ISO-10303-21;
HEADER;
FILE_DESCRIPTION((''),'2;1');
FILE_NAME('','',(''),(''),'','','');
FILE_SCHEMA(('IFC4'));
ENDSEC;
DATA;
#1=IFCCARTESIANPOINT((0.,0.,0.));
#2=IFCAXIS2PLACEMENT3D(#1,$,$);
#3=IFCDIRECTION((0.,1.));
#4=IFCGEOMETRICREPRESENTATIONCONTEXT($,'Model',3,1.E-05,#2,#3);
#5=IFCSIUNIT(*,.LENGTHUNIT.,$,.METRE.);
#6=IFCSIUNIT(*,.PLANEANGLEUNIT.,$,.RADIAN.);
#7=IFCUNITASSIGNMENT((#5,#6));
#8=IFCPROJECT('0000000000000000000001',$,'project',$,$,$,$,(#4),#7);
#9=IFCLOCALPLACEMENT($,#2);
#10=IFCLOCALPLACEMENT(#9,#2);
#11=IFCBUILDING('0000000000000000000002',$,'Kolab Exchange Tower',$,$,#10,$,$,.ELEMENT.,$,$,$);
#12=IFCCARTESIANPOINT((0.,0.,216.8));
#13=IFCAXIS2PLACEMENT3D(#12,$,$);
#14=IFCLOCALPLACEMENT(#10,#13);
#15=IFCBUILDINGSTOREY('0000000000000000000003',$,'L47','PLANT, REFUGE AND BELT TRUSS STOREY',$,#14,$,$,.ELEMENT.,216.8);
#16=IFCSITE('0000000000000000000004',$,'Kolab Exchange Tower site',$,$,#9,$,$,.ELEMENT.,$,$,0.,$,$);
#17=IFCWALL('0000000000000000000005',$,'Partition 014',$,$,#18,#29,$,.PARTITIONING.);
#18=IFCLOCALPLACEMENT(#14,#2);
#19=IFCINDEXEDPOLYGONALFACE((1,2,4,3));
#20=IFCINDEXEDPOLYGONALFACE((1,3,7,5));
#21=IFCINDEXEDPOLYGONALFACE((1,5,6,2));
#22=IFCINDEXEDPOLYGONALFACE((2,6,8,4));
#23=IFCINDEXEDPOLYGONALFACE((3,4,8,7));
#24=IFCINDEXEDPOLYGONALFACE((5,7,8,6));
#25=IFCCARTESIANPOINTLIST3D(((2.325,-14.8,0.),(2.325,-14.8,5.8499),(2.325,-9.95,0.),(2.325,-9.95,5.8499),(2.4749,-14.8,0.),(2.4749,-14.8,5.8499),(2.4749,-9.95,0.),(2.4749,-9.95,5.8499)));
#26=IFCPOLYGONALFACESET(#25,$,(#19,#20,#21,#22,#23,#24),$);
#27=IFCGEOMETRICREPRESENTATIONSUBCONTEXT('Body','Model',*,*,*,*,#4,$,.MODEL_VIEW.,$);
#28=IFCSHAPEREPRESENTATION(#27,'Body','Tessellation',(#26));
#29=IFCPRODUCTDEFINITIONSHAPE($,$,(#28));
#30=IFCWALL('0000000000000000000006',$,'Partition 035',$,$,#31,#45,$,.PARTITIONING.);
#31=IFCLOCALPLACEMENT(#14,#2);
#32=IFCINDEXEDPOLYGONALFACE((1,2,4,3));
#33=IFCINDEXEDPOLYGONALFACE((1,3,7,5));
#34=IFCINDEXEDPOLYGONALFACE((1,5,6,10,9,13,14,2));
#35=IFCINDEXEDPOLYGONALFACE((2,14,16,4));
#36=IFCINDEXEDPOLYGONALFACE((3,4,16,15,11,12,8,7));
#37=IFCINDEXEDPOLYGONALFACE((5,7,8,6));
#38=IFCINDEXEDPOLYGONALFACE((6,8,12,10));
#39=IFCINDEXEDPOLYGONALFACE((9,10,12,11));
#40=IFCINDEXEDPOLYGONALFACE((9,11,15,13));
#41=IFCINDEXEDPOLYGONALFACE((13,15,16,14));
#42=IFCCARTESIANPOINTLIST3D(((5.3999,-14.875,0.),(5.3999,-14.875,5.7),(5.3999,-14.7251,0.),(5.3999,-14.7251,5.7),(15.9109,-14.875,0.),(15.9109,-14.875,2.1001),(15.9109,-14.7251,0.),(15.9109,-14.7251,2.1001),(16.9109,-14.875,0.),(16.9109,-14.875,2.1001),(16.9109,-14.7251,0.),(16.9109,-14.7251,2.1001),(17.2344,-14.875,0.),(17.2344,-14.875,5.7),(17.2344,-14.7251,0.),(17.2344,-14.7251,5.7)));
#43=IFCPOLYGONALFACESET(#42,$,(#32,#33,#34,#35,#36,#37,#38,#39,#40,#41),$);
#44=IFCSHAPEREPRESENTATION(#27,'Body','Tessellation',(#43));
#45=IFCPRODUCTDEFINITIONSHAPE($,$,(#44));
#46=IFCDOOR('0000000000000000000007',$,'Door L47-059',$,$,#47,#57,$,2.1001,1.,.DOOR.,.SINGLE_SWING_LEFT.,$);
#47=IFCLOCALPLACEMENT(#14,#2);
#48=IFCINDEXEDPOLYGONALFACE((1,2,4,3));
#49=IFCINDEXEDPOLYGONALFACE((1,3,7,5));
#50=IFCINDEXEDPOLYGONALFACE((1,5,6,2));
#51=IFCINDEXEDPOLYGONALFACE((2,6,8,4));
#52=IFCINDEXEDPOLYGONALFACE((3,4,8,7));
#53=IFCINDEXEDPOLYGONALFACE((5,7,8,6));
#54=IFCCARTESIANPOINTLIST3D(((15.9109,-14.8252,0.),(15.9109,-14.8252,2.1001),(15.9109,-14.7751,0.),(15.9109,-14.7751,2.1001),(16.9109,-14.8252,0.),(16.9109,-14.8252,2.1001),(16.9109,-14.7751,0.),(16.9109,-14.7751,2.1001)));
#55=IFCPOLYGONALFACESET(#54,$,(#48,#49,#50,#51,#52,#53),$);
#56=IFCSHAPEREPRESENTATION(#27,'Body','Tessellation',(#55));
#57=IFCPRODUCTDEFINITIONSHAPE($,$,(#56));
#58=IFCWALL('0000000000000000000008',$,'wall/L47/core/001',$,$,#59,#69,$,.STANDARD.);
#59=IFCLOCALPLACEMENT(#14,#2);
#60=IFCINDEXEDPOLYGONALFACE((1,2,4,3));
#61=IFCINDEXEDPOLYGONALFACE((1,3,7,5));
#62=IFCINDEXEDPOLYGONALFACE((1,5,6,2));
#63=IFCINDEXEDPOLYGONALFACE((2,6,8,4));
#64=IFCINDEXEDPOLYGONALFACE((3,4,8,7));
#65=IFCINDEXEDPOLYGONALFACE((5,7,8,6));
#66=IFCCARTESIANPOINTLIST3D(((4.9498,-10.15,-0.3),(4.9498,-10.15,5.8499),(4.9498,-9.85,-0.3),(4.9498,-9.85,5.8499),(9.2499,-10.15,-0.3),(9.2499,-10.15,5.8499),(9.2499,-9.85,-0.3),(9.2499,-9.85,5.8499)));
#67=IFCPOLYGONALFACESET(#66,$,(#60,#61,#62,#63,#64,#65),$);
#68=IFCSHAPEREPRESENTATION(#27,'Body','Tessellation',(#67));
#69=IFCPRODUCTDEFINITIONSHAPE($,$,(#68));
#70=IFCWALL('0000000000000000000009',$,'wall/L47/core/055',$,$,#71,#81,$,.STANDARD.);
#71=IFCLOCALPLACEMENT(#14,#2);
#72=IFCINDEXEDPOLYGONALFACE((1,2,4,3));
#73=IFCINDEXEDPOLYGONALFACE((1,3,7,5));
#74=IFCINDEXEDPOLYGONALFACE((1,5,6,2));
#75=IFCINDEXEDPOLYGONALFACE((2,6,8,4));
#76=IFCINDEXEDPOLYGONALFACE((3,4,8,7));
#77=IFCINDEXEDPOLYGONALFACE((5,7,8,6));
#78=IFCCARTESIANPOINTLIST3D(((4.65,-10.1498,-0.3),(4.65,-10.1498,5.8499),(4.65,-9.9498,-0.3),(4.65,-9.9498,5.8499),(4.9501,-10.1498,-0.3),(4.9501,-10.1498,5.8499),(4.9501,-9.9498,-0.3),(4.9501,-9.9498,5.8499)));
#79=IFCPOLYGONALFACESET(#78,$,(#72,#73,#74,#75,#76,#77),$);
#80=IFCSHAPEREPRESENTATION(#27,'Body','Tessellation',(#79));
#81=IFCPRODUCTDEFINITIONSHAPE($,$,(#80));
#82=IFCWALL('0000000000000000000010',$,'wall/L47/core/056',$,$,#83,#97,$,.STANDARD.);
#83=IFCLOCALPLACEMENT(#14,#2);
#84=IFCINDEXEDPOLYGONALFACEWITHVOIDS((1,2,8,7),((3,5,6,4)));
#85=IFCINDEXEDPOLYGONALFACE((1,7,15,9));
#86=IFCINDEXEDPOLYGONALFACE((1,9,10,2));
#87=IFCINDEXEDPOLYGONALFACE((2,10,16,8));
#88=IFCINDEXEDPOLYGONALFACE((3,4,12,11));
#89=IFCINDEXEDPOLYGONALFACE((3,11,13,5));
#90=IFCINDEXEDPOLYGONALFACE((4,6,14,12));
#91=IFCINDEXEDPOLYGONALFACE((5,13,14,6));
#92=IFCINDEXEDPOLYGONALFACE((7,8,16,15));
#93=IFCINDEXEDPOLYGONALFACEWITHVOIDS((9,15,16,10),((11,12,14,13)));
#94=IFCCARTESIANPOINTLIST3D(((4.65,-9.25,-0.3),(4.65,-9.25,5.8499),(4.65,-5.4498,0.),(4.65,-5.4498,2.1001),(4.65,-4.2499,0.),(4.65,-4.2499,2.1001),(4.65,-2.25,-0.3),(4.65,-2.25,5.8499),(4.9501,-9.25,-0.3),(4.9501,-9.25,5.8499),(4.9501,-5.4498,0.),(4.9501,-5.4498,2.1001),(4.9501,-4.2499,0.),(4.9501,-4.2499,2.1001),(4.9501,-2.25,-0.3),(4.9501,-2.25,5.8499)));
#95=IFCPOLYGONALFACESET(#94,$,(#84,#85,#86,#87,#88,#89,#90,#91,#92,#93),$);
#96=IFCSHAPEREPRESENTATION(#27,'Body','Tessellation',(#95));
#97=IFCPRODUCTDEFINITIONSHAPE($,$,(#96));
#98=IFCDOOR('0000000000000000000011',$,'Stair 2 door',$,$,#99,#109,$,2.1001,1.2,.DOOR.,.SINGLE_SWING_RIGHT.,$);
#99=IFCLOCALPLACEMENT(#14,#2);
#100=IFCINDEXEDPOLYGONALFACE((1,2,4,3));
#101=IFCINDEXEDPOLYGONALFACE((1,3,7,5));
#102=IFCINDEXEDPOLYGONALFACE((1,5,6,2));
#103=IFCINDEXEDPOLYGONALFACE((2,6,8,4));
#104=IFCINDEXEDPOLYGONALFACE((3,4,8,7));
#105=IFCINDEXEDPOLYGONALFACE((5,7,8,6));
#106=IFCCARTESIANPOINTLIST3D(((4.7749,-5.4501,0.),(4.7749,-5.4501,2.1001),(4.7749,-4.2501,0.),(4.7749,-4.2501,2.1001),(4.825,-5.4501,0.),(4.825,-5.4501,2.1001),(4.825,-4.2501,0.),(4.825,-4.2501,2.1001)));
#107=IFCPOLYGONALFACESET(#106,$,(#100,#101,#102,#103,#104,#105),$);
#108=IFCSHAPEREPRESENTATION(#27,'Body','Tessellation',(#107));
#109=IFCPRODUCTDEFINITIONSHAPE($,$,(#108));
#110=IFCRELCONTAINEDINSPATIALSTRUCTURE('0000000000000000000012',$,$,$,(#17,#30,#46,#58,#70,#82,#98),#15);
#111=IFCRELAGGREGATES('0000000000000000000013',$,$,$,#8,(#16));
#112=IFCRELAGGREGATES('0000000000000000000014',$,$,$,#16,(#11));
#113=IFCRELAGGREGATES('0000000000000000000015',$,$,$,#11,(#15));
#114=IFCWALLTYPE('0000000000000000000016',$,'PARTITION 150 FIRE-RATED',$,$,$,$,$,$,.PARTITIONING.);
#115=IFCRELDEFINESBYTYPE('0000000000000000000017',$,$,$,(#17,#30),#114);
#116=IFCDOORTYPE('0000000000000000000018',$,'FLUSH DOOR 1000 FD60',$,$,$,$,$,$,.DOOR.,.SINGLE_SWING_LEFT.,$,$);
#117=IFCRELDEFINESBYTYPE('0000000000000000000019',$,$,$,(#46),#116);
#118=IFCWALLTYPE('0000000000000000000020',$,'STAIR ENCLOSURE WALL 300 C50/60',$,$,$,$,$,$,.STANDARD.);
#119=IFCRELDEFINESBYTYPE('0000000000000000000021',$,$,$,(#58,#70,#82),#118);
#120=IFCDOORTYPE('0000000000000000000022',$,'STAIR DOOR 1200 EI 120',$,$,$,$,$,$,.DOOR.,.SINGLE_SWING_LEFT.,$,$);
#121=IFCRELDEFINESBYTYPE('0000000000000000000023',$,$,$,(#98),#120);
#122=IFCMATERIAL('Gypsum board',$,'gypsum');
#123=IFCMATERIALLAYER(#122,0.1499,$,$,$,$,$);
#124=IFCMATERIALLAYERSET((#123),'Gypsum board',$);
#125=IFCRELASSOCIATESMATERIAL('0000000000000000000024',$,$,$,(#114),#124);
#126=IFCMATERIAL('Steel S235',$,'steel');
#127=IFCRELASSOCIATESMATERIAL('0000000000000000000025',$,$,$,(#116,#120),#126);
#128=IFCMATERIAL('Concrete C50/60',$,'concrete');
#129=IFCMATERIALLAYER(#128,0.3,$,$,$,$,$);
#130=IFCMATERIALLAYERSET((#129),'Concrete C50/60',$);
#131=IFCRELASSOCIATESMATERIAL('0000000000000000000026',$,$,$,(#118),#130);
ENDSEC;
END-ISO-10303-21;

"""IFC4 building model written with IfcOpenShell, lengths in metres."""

from ifc_helpers import new_model, si_unit, direction, frame, frame_2d, origin, place, context, subcontext, project, spatial, rectangle, extrude, material, layer, layer_set, type_object, element, fill, save


model = new_model("IFC4")

# Units and contexts
model_context = context("Model", 3, precision=1e-05, world=origin(), true_north=direction((0.0, 1.0)))
body_context = subcontext(model_context, "Body", "Model", "MODEL_VIEW")
ifc_project = project(units=[si_unit("LENGTHUNIT", "METRE"), si_unit("PLANEANGLEUNIT", "RADIAN")], contexts=[model_context])

# Site, building, storey
site_placement = place(None, origin())
site = spatial("IfcSite", under=ifc_project, at=site_placement, Name="Kolab Exchange Tower site", CompositionType="ELEMENT", RefElevation=0.0)
building_placement = place(site_placement, origin())
building = spatial("IfcBuilding", under=site, at=building_placement, Name="Kolab Exchange Tower", CompositionType="ELEMENT")
storey_placement = place(building_placement, frame((0.0, 0.0, 216.8)))
storey = spatial("IfcBuildingStorey", under=building, at=storey_placement, Name="L47", Description="PLANT, REFUGE AND BELT TRUSS STOREY", CompositionType="ELEMENT", Elevation=216.8)

# Shared definitions
ifc_material_1 = material(Name="Concrete C50/60", Category="concrete")
ifc_material_2 = material(Name="Gypsum board", Category="gypsum")
ifc_layer_1 = layer(ifc_material_2, 0.1499)
ifc_layer_set_1 = layer_set([ifc_layer_1], Name="Gypsum board")
wall_type_1 = type_object("IfcWallType", Name="PARTITION 150 FIRE-RATED", PredefinedType="PARTITIONING", material=ifc_layer_set_1)

# Shared definitions
ifc_material_3 = material(Name="Steel S235", Category="steel")
door_type_1 = type_object("IfcDoorType", Name="FLUSH DOOR 1000 FD60", OperationType="SINGLE_SWING_LEFT", PredefinedType="DOOR", material=ifc_material_3)

# Wall
wall_1_placement = place(storey_placement, frame((2.3999, -14.8, 0.0), z_axis=(0.0, 0.0, 1.0), x_axis=(0.0, 1.0, 0.0)))
element("IfcWall", 1, at=wall_1_placement, inside=storey, type_object=wall_type_1, Name="Partition 014", PredefinedType="PARTITIONING", context=body_context, shape_type="SweptSolid", body=[
    extrude(rectangle(XDim=4.8501, YDim=0.1499, at=frame_2d((2.425, 0.0))), origin(), (0.0, 0.0, 1.0), 5.8499),
])

# Wall, opening, door
wall_2_placement = place(storey_placement, frame((5.3999, -14.8, 0.0), z_axis=(0.0, 0.0, 1.0), x_axis=(1.0, 0.0, 0.0)))
wall_2 = element("IfcWall", 2, at=wall_2_placement, inside=storey, type_object=wall_type_1, Name="Partition 035", PredefinedType="PARTITIONING", context=body_context, shape_type="SweptSolid", body=[
    extrude(rectangle(XDim=11.8345, YDim=0.1499, at=frame_2d((5.9172, 0.0))), origin(), (0.0, 0.0, 1.0), 5.7),
])
opening_1_placement = place(wall_2_placement, frame((10.511, 0.0, 0.0)))
opening_1 = element("IfcOpeningElement", 3, at=opening_1_placement, cuts=wall_2, PredefinedType="OPENING", context=body_context, shape_type="SweptSolid", body=[
    extrude(rectangle(XDim=1.0, YDim=2.1001, at=frame_2d((0.5, 1.05))), frame((0.0, 0.085, 0.0), z_axis=(0.0, -1.0, 0.0), x_axis=(1.0, 0.0, 0.0)), (0.0, 0.0, 1.0), 0.1699),
])
door_1_placement = place(opening_1_placement, origin())
door_1 = element("IfcDoor", 4, at=door_1_placement, inside=storey, type_object=door_type_1, Name="Door L47-059", OperationType="SINGLE_SWING_LEFT", OverallHeight=2.1001, OverallWidth=1.0, PredefinedType="DOOR", context=body_context, shape_type="SweptSolid", body=[
    extrude(rectangle(XDim=1.0, YDim=2.1001, at=frame_2d((0.5, 1.05))), frame((0.0, 0.0249, 0.0), z_axis=(0.0, -1.0, 0.0), x_axis=(1.0, 0.0, 0.0)), (0.0, 0.0, 1.0), 0.05),
])
fill(opening_1, door_1)

# Walls
ifc_layer_2 = layer(ifc_material_1, 0.3)
ifc_layer_set_2 = layer_set([ifc_layer_2], Name="Concrete C50/60")
wall_type_2 = type_object("IfcWallType", Name="STAIR ENCLOSURE WALL 300 C50/60", PredefinedType="STANDARD", material=ifc_layer_set_2)
wall_3_placement = place(storey_placement, frame((4.95, -10.0, -0.3), z_axis=(0.0, 0.0, 1.0), x_axis=(1.0, 0.0, 0.0)))
element("IfcWall", 5, at=wall_3_placement, inside=storey, type_object=wall_type_2, Name="wall/L47/core/001", PredefinedType="STANDARD", context=body_context, shape_type="SweptSolid", body=[
    extrude(rectangle(XDim=4.3, YDim=0.3, at=frame_2d((2.1499, 0.0))), origin(), (0.0, 0.0, 1.0), 6.1499),
])
wall_4_placement = place(storey_placement, frame((4.8, -10.1499, -0.3), z_axis=(0.0, 0.0, 1.0), x_axis=(0.0, 1.0, 0.0)))
element("IfcWall", 6, at=wall_4_placement, inside=storey, type_object=wall_type_2, Name="wall/L47/core/055", PredefinedType="STANDARD", context=body_context, shape_type="SweptSolid", body=[
    extrude(rectangle(XDim=0.2, YDim=0.3, at=frame_2d((0.1001, 0.0))), origin(), (0.0, 0.0, 1.0), 6.1499),
])

# Wall, opening, door
wall_5_placement = place(storey_placement, frame((4.8, -9.25, -0.3), z_axis=(0.0, 0.0, 1.0), x_axis=(0.0, 1.0, 0.0)))
wall_5 = element("IfcWall", 7, at=wall_5_placement, inside=storey, type_object=wall_type_2, Name="wall/L47/core/056", PredefinedType="STANDARD", context=body_context, shape_type="SweptSolid", body=[
    extrude(rectangle(XDim=7.0, YDim=0.3, at=frame_2d((3.5, 0.0))), origin(), (0.0, 0.0, 1.0), 6.1499),
])
opening_2_placement = place(wall_5_placement, frame((3.8, 0.0, 0.3)))
opening_2 = element("IfcOpeningElement", 8, at=opening_2_placement, cuts=wall_5, PredefinedType="OPENING", context=body_context, shape_type="SweptSolid", body=[
    extrude(rectangle(XDim=1.2, YDim=2.1001, at=frame_2d((0.6001, 1.05))), frame((0.0, 0.1602, 0.0), z_axis=(0.0, -1.0, 0.0), x_axis=(1.0, 0.0, 0.0)), (0.0, 0.0, 1.0), 0.3201),
])
door_type_2 = type_object("IfcDoorType", Name="STAIR DOOR 1200 EI 120", OperationType="SINGLE_SWING_LEFT", PredefinedType="DOOR", material=ifc_material_3)
door_2_placement = place(opening_2_placement, frame((1.2, 0.0, 0.0), z_axis=(0.0, 0.0, 1.0), x_axis=(-1.0, 0.0, 0.0)))
door_2 = element("IfcDoor", 9, at=door_2_placement, inside=storey, type_object=door_type_2, Name="Stair 2 door", OperationType="SINGLE_SWING_RIGHT", OverallHeight=2.1001, OverallWidth=1.2, PredefinedType="DOOR", context=body_context, shape_type="SweptSolid", body=[
    extrude(rectangle(XDim=1.2, YDim=2.1001, at=frame_2d((0.6001, 1.05))), frame((0.0, 0.0249, 0.0), z_axis=(0.0, -1.0, 0.0), x_axis=(1.0, 0.0, 0.0)), (0.0, 0.0, 1.0), 0.05),
])
fill(opening_2, door_2)

save(model, "model.ifc")
